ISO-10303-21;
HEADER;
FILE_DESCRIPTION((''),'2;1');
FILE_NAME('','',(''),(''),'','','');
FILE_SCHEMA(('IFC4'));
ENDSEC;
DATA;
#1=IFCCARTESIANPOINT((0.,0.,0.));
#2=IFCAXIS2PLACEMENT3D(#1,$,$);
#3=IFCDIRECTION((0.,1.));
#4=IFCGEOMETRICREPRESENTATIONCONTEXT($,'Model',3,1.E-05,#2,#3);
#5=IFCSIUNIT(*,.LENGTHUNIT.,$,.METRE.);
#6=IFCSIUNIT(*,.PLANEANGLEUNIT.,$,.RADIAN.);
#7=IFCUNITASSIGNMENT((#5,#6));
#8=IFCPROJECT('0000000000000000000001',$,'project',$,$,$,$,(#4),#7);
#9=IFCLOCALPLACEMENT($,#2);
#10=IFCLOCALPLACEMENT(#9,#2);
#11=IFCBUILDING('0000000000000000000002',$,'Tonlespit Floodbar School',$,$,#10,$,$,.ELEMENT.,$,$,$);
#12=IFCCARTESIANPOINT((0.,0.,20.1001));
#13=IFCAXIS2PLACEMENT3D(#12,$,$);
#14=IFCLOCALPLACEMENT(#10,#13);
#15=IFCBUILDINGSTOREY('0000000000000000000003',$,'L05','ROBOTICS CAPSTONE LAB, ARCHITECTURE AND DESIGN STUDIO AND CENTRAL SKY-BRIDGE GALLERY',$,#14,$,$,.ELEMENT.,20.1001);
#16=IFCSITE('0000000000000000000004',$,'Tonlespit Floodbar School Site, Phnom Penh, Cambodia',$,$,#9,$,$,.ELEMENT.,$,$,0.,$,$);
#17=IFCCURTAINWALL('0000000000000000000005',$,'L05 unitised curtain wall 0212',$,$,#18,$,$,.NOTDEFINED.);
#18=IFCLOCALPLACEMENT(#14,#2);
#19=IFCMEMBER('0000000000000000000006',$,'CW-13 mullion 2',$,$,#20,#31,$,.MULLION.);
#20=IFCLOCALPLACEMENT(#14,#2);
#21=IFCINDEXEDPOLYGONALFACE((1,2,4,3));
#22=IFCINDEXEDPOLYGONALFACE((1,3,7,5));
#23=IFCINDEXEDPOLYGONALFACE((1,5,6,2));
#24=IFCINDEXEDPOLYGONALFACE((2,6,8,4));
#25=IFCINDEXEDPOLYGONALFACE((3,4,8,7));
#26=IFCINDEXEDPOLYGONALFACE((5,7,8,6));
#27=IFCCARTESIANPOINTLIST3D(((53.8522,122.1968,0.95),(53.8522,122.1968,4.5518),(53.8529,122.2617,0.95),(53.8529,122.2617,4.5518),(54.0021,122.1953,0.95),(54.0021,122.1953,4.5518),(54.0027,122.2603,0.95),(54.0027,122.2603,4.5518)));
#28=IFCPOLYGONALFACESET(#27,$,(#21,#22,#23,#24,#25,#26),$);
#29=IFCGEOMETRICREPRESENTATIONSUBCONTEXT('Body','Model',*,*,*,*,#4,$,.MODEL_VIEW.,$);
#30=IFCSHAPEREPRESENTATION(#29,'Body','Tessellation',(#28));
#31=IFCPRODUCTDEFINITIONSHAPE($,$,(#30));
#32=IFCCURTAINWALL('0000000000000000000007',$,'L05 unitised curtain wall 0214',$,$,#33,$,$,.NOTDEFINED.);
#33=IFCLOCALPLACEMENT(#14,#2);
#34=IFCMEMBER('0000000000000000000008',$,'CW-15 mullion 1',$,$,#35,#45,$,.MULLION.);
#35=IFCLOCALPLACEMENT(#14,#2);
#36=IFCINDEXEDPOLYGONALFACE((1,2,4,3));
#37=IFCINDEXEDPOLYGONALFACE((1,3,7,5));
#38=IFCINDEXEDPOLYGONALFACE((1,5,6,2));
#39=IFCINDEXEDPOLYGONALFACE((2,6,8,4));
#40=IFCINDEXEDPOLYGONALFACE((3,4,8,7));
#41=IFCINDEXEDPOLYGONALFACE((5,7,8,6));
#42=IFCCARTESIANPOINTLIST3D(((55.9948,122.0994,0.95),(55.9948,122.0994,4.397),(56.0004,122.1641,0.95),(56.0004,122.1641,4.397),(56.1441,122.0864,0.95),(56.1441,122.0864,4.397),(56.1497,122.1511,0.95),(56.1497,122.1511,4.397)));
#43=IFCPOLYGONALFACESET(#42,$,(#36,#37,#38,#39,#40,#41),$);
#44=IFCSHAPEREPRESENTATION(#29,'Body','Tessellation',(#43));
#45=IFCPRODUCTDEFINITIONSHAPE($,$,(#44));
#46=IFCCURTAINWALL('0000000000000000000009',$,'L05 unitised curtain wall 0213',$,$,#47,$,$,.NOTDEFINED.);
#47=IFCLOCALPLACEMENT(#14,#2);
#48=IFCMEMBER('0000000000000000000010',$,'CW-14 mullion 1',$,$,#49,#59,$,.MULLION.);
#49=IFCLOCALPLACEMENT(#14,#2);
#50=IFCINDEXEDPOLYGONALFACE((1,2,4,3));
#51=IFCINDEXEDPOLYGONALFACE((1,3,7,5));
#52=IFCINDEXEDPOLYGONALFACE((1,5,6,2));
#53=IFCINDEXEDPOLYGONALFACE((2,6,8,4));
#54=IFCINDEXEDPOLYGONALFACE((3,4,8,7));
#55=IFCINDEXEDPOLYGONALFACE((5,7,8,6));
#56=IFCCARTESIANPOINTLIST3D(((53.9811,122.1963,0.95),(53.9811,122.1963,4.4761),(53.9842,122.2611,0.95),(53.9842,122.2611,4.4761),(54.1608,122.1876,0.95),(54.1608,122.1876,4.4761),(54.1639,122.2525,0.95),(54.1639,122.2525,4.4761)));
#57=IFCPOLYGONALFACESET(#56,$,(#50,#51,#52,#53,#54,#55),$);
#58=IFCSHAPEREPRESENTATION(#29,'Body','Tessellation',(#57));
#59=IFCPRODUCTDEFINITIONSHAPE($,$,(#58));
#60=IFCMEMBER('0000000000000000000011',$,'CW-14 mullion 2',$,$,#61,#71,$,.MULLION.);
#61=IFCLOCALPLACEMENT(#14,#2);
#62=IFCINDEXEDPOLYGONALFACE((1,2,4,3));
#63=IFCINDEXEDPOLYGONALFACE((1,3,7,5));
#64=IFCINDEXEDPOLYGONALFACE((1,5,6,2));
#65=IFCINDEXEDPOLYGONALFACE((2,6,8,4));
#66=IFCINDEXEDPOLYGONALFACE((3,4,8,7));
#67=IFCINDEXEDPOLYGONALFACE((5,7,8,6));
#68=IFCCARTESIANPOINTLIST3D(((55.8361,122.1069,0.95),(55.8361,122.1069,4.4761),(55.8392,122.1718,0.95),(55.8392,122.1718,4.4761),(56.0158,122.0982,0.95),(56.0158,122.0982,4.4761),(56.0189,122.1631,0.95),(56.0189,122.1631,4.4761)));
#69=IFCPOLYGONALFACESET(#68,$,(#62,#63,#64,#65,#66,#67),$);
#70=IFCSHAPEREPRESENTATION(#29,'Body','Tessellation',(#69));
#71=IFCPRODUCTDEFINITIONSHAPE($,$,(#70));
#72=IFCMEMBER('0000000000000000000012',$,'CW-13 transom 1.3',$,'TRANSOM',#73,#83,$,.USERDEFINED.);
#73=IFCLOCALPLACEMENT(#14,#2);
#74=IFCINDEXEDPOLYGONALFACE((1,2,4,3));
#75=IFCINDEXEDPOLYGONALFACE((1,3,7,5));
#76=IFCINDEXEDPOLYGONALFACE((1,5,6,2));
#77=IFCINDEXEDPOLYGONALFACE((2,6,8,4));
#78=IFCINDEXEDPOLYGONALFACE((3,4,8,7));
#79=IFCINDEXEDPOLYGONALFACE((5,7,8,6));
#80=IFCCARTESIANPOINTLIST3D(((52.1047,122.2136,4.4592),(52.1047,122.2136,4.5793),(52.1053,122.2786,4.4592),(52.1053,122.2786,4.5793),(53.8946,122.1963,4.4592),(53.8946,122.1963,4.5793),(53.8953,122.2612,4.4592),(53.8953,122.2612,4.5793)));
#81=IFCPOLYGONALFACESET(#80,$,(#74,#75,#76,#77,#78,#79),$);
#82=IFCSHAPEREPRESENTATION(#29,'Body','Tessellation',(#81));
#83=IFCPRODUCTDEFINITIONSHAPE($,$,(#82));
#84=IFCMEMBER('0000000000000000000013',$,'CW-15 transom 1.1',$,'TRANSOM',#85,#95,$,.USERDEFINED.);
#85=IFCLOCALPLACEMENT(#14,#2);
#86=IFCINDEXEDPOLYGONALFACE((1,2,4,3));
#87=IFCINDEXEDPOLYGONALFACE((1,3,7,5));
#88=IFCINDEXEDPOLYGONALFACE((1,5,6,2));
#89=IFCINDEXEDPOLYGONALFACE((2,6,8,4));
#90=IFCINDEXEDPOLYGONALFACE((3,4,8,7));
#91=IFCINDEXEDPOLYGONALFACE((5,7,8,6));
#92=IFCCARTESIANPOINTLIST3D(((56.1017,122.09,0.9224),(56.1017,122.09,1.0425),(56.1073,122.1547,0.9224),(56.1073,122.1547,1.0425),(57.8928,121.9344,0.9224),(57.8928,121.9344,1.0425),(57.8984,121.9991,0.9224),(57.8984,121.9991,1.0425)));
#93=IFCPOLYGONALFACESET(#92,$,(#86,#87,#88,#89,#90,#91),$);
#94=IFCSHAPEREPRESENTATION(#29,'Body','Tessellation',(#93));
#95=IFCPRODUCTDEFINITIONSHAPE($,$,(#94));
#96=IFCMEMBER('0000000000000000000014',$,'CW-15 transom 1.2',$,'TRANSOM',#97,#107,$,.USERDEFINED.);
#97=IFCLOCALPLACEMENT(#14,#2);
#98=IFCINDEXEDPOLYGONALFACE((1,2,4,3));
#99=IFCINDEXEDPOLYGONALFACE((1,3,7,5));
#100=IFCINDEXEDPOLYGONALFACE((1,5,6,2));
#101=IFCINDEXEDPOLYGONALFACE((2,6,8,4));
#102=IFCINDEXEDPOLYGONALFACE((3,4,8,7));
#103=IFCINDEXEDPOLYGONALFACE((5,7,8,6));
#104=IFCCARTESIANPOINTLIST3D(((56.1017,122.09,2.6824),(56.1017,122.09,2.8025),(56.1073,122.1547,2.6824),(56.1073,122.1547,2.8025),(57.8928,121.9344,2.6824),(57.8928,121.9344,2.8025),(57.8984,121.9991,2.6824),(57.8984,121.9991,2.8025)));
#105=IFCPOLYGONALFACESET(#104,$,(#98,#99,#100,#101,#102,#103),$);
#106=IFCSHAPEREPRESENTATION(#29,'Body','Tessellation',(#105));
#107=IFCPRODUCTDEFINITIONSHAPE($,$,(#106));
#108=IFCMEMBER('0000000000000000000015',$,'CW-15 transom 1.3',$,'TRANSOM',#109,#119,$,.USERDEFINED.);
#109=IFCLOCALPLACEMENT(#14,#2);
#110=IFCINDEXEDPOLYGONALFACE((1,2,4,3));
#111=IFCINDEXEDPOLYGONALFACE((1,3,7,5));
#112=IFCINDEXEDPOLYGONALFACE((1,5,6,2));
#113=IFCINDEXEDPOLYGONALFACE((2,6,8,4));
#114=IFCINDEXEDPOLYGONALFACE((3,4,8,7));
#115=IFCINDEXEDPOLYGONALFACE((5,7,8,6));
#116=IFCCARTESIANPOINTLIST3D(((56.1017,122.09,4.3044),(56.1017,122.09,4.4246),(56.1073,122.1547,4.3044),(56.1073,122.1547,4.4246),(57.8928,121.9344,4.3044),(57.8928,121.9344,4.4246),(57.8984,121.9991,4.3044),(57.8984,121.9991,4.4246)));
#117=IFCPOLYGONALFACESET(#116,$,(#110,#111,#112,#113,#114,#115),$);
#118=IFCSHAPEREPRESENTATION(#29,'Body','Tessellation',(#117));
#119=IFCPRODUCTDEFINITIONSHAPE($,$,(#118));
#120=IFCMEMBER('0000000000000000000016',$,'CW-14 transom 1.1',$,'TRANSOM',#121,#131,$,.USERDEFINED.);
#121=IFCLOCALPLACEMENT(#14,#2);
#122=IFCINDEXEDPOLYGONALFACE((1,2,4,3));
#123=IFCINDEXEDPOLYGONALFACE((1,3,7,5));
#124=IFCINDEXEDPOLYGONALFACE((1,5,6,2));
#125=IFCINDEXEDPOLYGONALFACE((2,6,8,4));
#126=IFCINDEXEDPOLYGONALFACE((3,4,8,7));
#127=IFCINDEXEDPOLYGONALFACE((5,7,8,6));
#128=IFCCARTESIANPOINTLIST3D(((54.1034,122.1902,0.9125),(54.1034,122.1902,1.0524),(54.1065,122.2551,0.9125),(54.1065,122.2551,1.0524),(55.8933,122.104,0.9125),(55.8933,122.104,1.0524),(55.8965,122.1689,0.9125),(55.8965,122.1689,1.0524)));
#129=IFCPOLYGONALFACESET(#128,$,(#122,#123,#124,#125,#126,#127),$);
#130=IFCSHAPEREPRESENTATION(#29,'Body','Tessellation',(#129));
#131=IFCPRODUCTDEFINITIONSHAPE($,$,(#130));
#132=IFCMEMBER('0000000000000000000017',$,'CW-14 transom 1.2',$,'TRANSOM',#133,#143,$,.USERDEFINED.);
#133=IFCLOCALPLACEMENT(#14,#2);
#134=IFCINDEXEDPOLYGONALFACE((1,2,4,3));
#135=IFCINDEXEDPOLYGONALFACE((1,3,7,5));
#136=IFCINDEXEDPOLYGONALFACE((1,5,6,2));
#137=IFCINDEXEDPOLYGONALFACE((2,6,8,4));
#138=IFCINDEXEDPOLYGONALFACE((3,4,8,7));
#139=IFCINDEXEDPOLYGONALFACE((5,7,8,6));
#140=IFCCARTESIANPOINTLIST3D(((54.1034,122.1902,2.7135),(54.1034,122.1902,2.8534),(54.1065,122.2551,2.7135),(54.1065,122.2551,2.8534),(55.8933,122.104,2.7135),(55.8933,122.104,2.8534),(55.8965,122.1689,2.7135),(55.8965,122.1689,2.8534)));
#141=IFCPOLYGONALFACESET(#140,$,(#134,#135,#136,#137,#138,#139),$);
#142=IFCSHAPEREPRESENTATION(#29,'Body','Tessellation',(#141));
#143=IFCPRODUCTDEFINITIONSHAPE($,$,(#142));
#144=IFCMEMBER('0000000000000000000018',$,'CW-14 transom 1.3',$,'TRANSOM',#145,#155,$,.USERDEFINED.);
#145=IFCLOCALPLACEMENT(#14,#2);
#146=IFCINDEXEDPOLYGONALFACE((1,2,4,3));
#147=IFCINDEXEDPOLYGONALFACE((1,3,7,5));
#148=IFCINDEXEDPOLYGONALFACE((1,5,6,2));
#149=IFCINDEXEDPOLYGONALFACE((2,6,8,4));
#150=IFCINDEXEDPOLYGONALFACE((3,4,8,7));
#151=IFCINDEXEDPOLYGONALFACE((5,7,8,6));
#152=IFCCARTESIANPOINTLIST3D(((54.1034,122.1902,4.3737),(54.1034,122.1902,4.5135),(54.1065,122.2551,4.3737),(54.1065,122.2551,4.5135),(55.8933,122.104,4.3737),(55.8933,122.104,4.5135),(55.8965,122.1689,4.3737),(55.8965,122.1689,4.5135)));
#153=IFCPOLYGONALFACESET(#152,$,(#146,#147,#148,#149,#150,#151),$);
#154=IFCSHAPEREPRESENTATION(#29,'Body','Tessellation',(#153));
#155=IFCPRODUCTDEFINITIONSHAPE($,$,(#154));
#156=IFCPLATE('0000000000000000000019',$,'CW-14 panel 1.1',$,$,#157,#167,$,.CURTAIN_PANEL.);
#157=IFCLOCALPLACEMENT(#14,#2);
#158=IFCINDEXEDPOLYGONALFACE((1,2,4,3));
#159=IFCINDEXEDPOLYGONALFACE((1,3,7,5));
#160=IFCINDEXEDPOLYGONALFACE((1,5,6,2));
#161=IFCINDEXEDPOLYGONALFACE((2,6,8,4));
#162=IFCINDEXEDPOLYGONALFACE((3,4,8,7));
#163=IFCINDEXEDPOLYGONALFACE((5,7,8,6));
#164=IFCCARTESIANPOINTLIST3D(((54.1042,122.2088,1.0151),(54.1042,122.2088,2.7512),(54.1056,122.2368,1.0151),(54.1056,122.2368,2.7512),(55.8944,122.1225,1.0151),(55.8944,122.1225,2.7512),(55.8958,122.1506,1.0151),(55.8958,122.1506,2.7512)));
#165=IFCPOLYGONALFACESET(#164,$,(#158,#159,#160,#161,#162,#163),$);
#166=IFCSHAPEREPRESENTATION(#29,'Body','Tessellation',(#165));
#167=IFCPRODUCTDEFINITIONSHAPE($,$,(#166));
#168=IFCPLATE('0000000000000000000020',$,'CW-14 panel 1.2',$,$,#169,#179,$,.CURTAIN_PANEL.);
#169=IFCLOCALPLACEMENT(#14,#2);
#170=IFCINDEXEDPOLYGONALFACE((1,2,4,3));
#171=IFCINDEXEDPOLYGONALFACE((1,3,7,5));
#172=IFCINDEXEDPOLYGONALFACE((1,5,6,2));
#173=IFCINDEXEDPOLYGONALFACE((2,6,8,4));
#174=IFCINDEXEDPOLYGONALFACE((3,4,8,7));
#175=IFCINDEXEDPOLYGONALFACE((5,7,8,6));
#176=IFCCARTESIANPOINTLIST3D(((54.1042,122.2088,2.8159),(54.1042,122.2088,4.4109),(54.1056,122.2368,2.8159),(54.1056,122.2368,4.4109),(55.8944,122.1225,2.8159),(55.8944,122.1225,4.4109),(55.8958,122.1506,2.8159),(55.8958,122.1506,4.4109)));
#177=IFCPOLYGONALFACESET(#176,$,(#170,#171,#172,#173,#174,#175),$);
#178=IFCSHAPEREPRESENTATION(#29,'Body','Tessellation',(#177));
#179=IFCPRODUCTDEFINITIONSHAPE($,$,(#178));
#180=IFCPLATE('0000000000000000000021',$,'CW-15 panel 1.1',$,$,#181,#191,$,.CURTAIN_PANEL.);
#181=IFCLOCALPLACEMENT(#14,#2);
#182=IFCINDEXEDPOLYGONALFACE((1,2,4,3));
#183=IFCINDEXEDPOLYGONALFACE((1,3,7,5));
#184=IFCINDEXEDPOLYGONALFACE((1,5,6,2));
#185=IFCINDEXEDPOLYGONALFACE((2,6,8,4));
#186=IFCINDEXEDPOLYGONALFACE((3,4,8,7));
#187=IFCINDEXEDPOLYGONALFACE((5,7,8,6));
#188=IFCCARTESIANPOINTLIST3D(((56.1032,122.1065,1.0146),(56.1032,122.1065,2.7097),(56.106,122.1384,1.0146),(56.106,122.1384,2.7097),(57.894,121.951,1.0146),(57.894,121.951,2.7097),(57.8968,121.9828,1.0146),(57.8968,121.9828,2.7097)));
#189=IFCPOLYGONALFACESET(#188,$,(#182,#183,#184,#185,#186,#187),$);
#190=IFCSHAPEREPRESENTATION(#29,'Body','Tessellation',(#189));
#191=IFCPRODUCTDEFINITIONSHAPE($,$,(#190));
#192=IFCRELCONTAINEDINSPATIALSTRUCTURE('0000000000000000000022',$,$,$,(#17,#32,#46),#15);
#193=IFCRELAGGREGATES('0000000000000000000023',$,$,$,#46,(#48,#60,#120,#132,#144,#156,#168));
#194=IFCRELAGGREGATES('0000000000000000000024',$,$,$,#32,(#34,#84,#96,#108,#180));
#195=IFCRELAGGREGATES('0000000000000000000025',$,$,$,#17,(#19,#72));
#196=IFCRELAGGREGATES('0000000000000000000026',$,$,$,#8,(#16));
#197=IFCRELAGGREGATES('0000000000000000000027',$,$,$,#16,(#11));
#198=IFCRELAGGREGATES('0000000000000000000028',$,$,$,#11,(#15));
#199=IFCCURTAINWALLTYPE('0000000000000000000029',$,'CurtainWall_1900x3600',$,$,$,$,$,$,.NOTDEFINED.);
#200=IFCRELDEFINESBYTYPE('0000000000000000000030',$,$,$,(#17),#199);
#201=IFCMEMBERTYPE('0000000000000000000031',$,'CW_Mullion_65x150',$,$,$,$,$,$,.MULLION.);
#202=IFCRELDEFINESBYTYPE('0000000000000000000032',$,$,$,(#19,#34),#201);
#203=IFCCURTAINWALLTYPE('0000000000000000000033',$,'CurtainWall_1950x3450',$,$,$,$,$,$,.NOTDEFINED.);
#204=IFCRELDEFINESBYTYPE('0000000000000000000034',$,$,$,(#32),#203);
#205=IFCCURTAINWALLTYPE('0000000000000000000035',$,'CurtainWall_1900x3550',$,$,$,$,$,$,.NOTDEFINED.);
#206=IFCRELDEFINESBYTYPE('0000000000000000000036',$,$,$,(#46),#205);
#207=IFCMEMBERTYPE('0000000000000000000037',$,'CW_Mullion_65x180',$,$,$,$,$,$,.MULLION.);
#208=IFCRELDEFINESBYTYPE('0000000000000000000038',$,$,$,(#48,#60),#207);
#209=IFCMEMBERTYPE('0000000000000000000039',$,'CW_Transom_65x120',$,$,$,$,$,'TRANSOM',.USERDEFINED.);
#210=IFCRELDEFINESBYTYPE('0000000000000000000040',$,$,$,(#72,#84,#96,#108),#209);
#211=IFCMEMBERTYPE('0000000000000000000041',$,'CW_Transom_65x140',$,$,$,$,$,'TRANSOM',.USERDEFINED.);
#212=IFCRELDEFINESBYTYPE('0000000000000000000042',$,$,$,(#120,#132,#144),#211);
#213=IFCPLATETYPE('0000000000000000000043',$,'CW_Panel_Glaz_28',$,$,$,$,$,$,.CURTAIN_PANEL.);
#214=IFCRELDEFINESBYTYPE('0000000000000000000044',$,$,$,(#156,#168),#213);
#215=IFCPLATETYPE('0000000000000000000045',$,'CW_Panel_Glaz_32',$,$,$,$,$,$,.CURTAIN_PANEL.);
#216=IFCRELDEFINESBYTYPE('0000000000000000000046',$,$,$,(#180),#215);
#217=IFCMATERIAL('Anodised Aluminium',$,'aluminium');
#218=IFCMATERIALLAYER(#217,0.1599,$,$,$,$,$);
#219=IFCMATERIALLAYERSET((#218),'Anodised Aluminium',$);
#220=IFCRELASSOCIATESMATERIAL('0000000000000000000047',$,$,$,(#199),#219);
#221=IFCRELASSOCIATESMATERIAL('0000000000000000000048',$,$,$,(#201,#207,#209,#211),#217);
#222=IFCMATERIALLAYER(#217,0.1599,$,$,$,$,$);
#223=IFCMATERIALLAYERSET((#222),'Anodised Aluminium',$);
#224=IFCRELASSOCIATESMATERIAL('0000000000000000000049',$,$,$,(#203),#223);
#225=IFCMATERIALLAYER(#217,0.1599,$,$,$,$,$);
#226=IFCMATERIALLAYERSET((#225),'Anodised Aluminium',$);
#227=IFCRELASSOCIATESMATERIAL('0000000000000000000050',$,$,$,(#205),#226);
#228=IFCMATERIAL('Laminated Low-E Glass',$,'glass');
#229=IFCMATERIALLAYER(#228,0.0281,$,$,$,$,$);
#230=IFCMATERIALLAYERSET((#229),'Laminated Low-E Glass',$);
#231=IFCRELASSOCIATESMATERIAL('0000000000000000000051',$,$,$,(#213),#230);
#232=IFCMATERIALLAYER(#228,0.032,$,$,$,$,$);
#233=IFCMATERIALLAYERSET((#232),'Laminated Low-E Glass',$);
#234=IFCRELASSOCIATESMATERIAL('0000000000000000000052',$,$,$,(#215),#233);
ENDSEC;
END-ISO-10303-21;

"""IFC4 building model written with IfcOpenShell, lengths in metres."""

from ifc_helpers import new_model, si_unit, direction, frame, origin, origin_2d, place, context, subcontext, project, spatial, rectangle, extrude, material, layer, layer_set, material_profile, profile_set, type_object, element, aggregate, save


model = new_model("IFC4")

# Units and contexts
model_context = context("Model", 3, precision=1e-05, world=origin(), true_north=direction((0.0, 1.0)))
body_context = subcontext(model_context, "Body", "Model", "MODEL_VIEW")
ifc_project = project(units=[si_unit("LENGTHUNIT", "METRE"), si_unit("PLANEANGLEUNIT", "RADIAN")], contexts=[model_context])

# Site, building, storey
site_placement = place(None, origin())
site = spatial("IfcSite", under=ifc_project, at=site_placement, Name="Tonlespit Floodbar School Site, Phnom Penh, Cambodia", CompositionType="ELEMENT", RefElevation=0.0)
building_placement = place(site_placement, origin())
building = spatial("IfcBuilding", under=site, at=building_placement, Name="Tonlespit Floodbar School", CompositionType="ELEMENT")
storey_placement = place(building_placement, frame((0.0, 0.0, 20.1001)))
storey = spatial("IfcBuildingStorey", under=building, at=storey_placement, Name="L05", Description="ROBOTICS CAPSTONE LAB, ARCHITECTURE AND DESIGN STUDIO AND CENTRAL SKY-BRIDGE GALLERY", CompositionType="ELEMENT", Elevation=20.1001)

# Curtain walls, members
ifc_material_1 = material(Name="Anodised Aluminium", Category="aluminium")
ifc_layer_1 = layer(ifc_material_1, 0.1599)
ifc_layer_set_1 = layer_set([ifc_layer_1], Name="Anodised Aluminium")
curtain_wall_type_1 = type_object("IfcCurtainWallType", Name="CurtainWall_1900x3600", PredefinedType="NOTDEFINED", material=ifc_layer_set_1)
curtain_wall_1_placement = place(storey_placement, origin())
curtain_wall_1 = element("IfcCurtainWall", 1, at=curtain_wall_1_placement, inside=storey, type_object=curtain_wall_type_1, Name="L05 unitised curtain wall 0212", PredefinedType="NOTDEFINED")
ifc_material_profile_1 = material_profile(ifc_material_1, rectangle(XDim=0.0649, YDim=0.1499, at=origin_2d()), Name="ALU M65x150")
ifc_profile_set_1 = profile_set([ifc_material_profile_1], Name="Anodised Aluminium")
member_type_1 = type_object("IfcMemberType", Name="CW_Mullion_65x150", PredefinedType="MULLION", material=ifc_profile_set_1)
member_1_placement = place(storey_placement, frame((53.9275, 122.2285, 0.95), z_axis=(0.0, 0.0, 1.0), x_axis=(0.009583, 0.999954, 0.0)))
member_1 = element("IfcMember", 2, at=member_1_placement, type_object=member_type_1, Name="CW-13 mullion 2", PredefinedType="MULLION", context=body_context, shape_type="SweptSolid", body=[
    extrude(rectangle(XDim=0.0649, YDim=0.1499, at=origin_2d()), origin(), (0.0, 0.0, 1.0), 3.6018),
])
ifc_layer_2 = layer(ifc_material_1, 0.1599)
ifc_layer_set_2 = layer_set([ifc_layer_2], Name="Anodised Aluminium")
curtain_wall_type_2 = type_object("IfcCurtainWallType", Name="CurtainWall_1950x3450", PredefinedType="NOTDEFINED", material=ifc_layer_set_2)
curtain_wall_2_placement = place(storey_placement, origin())
curtain_wall_2 = element("IfcCurtainWall", 3, at=curtain_wall_2_placement, inside=storey, type_object=curtain_wall_type_2, Name="L05 unitised curtain wall 0214", PredefinedType="NOTDEFINED")
member_2_placement = place(storey_placement, frame((56.0723, 122.1252, 0.95), z_axis=(0.0, 0.0, 1.0), x_axis=(0.086531, 0.996249, 0.0)))
member_2 = element("IfcMember", 4, at=member_2_placement, type_object=member_type_1, Name="CW-15 mullion 1", PredefinedType="MULLION", context=body_context, shape_type="SweptSolid", body=[
    extrude(rectangle(XDim=0.0649, YDim=0.1499, at=origin_2d()), origin(), (0.0, 0.0, 1.0), 3.447),
])

# Curtain wall, members
ifc_layer_3 = layer(ifc_material_1, 0.1599)
ifc_layer_set_3 = layer_set([ifc_layer_3], Name="Anodised Aluminium")
curtain_wall_type_3 = type_object("IfcCurtainWallType", Name="CurtainWall_1900x3550", PredefinedType="NOTDEFINED", material=ifc_layer_set_3)
curtain_wall_3_placement = place(storey_placement, origin())
curtain_wall_3 = element("IfcCurtainWall", 5, at=curtain_wall_3_placement, inside=storey, type_object=curtain_wall_type_3, Name="L05 unitised curtain wall 0213", PredefinedType="NOTDEFINED")
ifc_material_profile_2 = material_profile(ifc_material_1, rectangle(XDim=0.0649, YDim=0.1799, at=origin_2d()), Name="ALU M65x180")
ifc_profile_set_2 = profile_set([ifc_material_profile_2], Name="Anodised Aluminium")
member_type_2 = type_object("IfcMemberType", Name="CW_Mullion_65x180", PredefinedType="MULLION", material=ifc_profile_set_2)
member_3_placement = place(storey_placement, frame((54.0725, 122.2244, 0.95), z_axis=(0.0, 0.0, 1.0), x_axis=(0.048121, 0.998842, 0.0)))
member_3 = element("IfcMember", 6, at=member_3_placement, type_object=member_type_2, Name="CW-14 mullion 1", PredefinedType="MULLION", context=body_context, shape_type="SweptSolid", body=[
    extrude(rectangle(XDim=0.0649, YDim=0.1799, at=origin_2d()), origin(), (0.0, 0.0, 1.0), 3.5261),
])
member_4_placement = place(storey_placement, frame((55.9275, 122.135, 0.95), z_axis=(0.0, 0.0, 1.0), x_axis=(0.048121, 0.998842, 0.0)))
member_4 = element("IfcMember", 7, at=member_4_placement, type_object=member_type_2, Name="CW-14 mullion 2", PredefinedType="MULLION", context=body_context, shape_type="SweptSolid", body=[
    extrude(rectangle(XDim=0.0649, YDim=0.1799, at=origin_2d()), origin(), (0.0, 0.0, 1.0), 3.5261),
])

# Members
ifc_material_profile_3 = material_profile(ifc_material_1, rectangle(XDim=0.0649, YDim=0.1201, at=origin_2d()), Name="ALU T65x120")
ifc_profile_set_3 = profile_set([ifc_material_profile_3], Name="Anodised Aluminium")
member_type_3 = type_object("IfcMemberType", Name="CW_Transom_65x120", ElementType="TRANSOM", PredefinedType="USERDEFINED", material=ifc_profile_set_3)
member_5_placement = place(storey_placement, frame((52.105, 122.2461, 4.5193), z_axis=(0.999953, -0.009683, 0.0), x_axis=(0.009683, 0.999953, 0.0)))
member_5 = element("IfcMember", 8, at=member_5_placement, type_object=member_type_3, Name="CW-13 transom 1.3", ObjectType="TRANSOM", PredefinedType="USERDEFINED", context=body_context, shape_type="SweptSolid", body=[
    extrude(rectangle(XDim=0.0649, YDim=0.1201, at=origin_2d()), origin(), (0.0, 0.0, 1.0), 1.79),
])
member_6_placement = place(storey_placement, frame((56.1045, 122.1223, 0.9824), z_axis=(0.996251, -0.086507, 0.0), x_axis=(0.086507, 0.996251, 0.0)))
member_6 = element("IfcMember", 9, at=member_6_placement, type_object=member_type_3, Name="CW-15 transom 1.1", ObjectType="TRANSOM", PredefinedType="USERDEFINED", context=body_context, shape_type="SweptSolid", body=[
    extrude(rectangle(XDim=0.0649, YDim=0.1201, at=origin_2d()), origin(), (0.0, 0.0, 1.0), 1.7979),
])
member_7_placement = place(storey_placement, frame((56.1045, 122.1223, 2.7424), z_axis=(0.996251, -0.086507, 0.0), x_axis=(0.086507, 0.996251, 0.0)))
member_7 = element("IfcMember", 10, at=member_7_placement, type_object=member_type_3, Name="CW-15 transom 1.2", ObjectType="TRANSOM", PredefinedType="USERDEFINED", context=body_context, shape_type="SweptSolid", body=[
    extrude(rectangle(XDim=0.0649, YDim=0.1201, at=origin_2d()), origin(), (0.0, 0.0, 1.0), 1.7979),
])
member_8_placement = place(storey_placement, frame((56.1045, 122.1223, 4.3645), z_axis=(0.996251, -0.086507, 0.0), x_axis=(0.086507, 0.996251, 0.0)))
member_8 = element("IfcMember", 11, at=member_8_placement, type_object=member_type_3, Name="CW-15 transom 1.3", ObjectType="TRANSOM", PredefinedType="USERDEFINED", context=body_context, shape_type="SweptSolid", body=[
    extrude(rectangle(XDim=0.0649, YDim=0.1201, at=origin_2d()), origin(), (0.0, 0.0, 1.0), 1.7979),
])
ifc_material_profile_4 = material_profile(ifc_material_1, rectangle(XDim=0.0649, YDim=0.1399, at=origin_2d()), Name="ALU T65x140")
ifc_profile_set_4 = profile_set([ifc_material_profile_4], Name="Anodised Aluminium")
member_type_4 = type_object("IfcMemberType", Name="CW_Transom_65x140", ElementType="TRANSOM", PredefinedType="USERDEFINED", material=ifc_profile_set_4)
member_9_placement = place(storey_placement, frame((54.105, 122.2227, 0.9824), z_axis=(0.998843, -0.048089, 0.0), x_axis=(0.048089, 0.998843, 0.0)))
member_9 = element("IfcMember", 12, at=member_9_placement, type_object=member_type_4, Name="CW-14 transom 1.1", ObjectType="TRANSOM", PredefinedType="USERDEFINED", context=body_context, shape_type="SweptSolid", body=[
    extrude(rectangle(XDim=0.0649, YDim=0.1399, at=origin_2d()), origin(), (0.0, 0.0, 1.0), 1.792),
])
member_10_placement = place(storey_placement, frame((54.105, 122.2227, 2.7834), z_axis=(0.998843, -0.048089, 0.0), x_axis=(0.048089, 0.998843, 0.0)))
member_10 = element("IfcMember", 13, at=member_10_placement, type_object=member_type_4, Name="CW-14 transom 1.2", ObjectType="TRANSOM", PredefinedType="USERDEFINED", context=body_context, shape_type="SweptSolid", body=[
    extrude(rectangle(XDim=0.0649, YDim=0.1399, at=origin_2d()), origin(), (0.0, 0.0, 1.0), 1.792),
])
member_11_placement = place(storey_placement, frame((54.105, 122.2227, 4.4436), z_axis=(0.998843, -0.048089, 0.0), x_axis=(0.048089, 0.998843, 0.0)))
member_11 = element("IfcMember", 14, at=member_11_placement, type_object=member_type_4, Name="CW-14 transom 1.3", ObjectType="TRANSOM", PredefinedType="USERDEFINED", context=body_context, shape_type="SweptSolid", body=[
    extrude(rectangle(XDim=0.0649, YDim=0.1399, at=origin_2d()), origin(), (0.0, 0.0, 1.0), 1.792),
])

# Plates
ifc_material_2 = material(Name="Laminated Low-E Glass", Category="glass")
ifc_layer_4 = layer(ifc_material_2, 0.0281)
ifc_layer_set_4 = layer_set([ifc_layer_4], Name="Laminated Low-E Glass")
plate_type_1 = type_object("IfcPlateType", Name="CW_Panel_Glaz_28", PredefinedType="CURTAIN_PANEL", material=ifc_layer_set_4)
plate_1_placement = place(storey_placement, frame((55.0, 122.1797, 1.0151), z_axis=(0.0, 0.0, 1.0), x_axis=(0.998842, -0.048121, 0.0)))
plate_1 = element("IfcPlate", 15, at=plate_1_placement, type_object=plate_type_1, Name="CW-14 panel 1.1", PredefinedType="CURTAIN_PANEL", context=body_context, shape_type="SweptSolid", body=[
    extrude(rectangle(XDim=1.7922, YDim=0.0281, at=origin_2d()), origin(), (0.0, 0.0, 1.0), 1.7361),
])
plate_2_placement = place(storey_placement, frame((55.0, 122.1797, 2.8159), z_axis=(0.0, 0.0, 1.0), x_axis=(0.998842, -0.048121, 0.0)))
plate_2 = element("IfcPlate", 16, at=plate_2_placement, type_object=plate_type_1, Name="CW-14 panel 1.2", PredefinedType="CURTAIN_PANEL", context=body_context, shape_type="SweptSolid", body=[
    extrude(rectangle(XDim=1.7922, YDim=0.0281, at=origin_2d()), origin(), (0.0, 0.0, 1.0), 1.595),
])
aggregate(curtain_wall_3, [member_3, member_4, member_9, member_10, member_11, plate_1, plate_2])
ifc_layer_5 = layer(ifc_material_2, 0.032)
ifc_layer_set_5 = layer_set([ifc_layer_5], Name="Laminated Low-E Glass")
plate_type_2 = type_object("IfcPlateType", Name="CW_Panel_Glaz_32", PredefinedType="CURTAIN_PANEL", material=ifc_layer_set_5)
plate_3_placement = place(storey_placement, frame((57.0, 122.0447, 1.0146), z_axis=(0.0, 0.0, 1.0), x_axis=(0.996249, -0.086531, 0.0)))
plate_3 = element("IfcPlate", 17, at=plate_3_placement, type_object=plate_type_2, Name="CW-15 panel 1.1", PredefinedType="CURTAIN_PANEL", context=body_context, shape_type="SweptSolid", body=[
    extrude(rectangle(XDim=1.7976, YDim=0.032, at=origin_2d()), origin(), (0.0, 0.0, 1.0), 1.6951),
])
aggregate(curtain_wall_2, [member_2, member_6, member_7, member_8, plate_3])
aggregate(curtain_wall_1, [member_1, member_5])

save(model, "model.ifc")
